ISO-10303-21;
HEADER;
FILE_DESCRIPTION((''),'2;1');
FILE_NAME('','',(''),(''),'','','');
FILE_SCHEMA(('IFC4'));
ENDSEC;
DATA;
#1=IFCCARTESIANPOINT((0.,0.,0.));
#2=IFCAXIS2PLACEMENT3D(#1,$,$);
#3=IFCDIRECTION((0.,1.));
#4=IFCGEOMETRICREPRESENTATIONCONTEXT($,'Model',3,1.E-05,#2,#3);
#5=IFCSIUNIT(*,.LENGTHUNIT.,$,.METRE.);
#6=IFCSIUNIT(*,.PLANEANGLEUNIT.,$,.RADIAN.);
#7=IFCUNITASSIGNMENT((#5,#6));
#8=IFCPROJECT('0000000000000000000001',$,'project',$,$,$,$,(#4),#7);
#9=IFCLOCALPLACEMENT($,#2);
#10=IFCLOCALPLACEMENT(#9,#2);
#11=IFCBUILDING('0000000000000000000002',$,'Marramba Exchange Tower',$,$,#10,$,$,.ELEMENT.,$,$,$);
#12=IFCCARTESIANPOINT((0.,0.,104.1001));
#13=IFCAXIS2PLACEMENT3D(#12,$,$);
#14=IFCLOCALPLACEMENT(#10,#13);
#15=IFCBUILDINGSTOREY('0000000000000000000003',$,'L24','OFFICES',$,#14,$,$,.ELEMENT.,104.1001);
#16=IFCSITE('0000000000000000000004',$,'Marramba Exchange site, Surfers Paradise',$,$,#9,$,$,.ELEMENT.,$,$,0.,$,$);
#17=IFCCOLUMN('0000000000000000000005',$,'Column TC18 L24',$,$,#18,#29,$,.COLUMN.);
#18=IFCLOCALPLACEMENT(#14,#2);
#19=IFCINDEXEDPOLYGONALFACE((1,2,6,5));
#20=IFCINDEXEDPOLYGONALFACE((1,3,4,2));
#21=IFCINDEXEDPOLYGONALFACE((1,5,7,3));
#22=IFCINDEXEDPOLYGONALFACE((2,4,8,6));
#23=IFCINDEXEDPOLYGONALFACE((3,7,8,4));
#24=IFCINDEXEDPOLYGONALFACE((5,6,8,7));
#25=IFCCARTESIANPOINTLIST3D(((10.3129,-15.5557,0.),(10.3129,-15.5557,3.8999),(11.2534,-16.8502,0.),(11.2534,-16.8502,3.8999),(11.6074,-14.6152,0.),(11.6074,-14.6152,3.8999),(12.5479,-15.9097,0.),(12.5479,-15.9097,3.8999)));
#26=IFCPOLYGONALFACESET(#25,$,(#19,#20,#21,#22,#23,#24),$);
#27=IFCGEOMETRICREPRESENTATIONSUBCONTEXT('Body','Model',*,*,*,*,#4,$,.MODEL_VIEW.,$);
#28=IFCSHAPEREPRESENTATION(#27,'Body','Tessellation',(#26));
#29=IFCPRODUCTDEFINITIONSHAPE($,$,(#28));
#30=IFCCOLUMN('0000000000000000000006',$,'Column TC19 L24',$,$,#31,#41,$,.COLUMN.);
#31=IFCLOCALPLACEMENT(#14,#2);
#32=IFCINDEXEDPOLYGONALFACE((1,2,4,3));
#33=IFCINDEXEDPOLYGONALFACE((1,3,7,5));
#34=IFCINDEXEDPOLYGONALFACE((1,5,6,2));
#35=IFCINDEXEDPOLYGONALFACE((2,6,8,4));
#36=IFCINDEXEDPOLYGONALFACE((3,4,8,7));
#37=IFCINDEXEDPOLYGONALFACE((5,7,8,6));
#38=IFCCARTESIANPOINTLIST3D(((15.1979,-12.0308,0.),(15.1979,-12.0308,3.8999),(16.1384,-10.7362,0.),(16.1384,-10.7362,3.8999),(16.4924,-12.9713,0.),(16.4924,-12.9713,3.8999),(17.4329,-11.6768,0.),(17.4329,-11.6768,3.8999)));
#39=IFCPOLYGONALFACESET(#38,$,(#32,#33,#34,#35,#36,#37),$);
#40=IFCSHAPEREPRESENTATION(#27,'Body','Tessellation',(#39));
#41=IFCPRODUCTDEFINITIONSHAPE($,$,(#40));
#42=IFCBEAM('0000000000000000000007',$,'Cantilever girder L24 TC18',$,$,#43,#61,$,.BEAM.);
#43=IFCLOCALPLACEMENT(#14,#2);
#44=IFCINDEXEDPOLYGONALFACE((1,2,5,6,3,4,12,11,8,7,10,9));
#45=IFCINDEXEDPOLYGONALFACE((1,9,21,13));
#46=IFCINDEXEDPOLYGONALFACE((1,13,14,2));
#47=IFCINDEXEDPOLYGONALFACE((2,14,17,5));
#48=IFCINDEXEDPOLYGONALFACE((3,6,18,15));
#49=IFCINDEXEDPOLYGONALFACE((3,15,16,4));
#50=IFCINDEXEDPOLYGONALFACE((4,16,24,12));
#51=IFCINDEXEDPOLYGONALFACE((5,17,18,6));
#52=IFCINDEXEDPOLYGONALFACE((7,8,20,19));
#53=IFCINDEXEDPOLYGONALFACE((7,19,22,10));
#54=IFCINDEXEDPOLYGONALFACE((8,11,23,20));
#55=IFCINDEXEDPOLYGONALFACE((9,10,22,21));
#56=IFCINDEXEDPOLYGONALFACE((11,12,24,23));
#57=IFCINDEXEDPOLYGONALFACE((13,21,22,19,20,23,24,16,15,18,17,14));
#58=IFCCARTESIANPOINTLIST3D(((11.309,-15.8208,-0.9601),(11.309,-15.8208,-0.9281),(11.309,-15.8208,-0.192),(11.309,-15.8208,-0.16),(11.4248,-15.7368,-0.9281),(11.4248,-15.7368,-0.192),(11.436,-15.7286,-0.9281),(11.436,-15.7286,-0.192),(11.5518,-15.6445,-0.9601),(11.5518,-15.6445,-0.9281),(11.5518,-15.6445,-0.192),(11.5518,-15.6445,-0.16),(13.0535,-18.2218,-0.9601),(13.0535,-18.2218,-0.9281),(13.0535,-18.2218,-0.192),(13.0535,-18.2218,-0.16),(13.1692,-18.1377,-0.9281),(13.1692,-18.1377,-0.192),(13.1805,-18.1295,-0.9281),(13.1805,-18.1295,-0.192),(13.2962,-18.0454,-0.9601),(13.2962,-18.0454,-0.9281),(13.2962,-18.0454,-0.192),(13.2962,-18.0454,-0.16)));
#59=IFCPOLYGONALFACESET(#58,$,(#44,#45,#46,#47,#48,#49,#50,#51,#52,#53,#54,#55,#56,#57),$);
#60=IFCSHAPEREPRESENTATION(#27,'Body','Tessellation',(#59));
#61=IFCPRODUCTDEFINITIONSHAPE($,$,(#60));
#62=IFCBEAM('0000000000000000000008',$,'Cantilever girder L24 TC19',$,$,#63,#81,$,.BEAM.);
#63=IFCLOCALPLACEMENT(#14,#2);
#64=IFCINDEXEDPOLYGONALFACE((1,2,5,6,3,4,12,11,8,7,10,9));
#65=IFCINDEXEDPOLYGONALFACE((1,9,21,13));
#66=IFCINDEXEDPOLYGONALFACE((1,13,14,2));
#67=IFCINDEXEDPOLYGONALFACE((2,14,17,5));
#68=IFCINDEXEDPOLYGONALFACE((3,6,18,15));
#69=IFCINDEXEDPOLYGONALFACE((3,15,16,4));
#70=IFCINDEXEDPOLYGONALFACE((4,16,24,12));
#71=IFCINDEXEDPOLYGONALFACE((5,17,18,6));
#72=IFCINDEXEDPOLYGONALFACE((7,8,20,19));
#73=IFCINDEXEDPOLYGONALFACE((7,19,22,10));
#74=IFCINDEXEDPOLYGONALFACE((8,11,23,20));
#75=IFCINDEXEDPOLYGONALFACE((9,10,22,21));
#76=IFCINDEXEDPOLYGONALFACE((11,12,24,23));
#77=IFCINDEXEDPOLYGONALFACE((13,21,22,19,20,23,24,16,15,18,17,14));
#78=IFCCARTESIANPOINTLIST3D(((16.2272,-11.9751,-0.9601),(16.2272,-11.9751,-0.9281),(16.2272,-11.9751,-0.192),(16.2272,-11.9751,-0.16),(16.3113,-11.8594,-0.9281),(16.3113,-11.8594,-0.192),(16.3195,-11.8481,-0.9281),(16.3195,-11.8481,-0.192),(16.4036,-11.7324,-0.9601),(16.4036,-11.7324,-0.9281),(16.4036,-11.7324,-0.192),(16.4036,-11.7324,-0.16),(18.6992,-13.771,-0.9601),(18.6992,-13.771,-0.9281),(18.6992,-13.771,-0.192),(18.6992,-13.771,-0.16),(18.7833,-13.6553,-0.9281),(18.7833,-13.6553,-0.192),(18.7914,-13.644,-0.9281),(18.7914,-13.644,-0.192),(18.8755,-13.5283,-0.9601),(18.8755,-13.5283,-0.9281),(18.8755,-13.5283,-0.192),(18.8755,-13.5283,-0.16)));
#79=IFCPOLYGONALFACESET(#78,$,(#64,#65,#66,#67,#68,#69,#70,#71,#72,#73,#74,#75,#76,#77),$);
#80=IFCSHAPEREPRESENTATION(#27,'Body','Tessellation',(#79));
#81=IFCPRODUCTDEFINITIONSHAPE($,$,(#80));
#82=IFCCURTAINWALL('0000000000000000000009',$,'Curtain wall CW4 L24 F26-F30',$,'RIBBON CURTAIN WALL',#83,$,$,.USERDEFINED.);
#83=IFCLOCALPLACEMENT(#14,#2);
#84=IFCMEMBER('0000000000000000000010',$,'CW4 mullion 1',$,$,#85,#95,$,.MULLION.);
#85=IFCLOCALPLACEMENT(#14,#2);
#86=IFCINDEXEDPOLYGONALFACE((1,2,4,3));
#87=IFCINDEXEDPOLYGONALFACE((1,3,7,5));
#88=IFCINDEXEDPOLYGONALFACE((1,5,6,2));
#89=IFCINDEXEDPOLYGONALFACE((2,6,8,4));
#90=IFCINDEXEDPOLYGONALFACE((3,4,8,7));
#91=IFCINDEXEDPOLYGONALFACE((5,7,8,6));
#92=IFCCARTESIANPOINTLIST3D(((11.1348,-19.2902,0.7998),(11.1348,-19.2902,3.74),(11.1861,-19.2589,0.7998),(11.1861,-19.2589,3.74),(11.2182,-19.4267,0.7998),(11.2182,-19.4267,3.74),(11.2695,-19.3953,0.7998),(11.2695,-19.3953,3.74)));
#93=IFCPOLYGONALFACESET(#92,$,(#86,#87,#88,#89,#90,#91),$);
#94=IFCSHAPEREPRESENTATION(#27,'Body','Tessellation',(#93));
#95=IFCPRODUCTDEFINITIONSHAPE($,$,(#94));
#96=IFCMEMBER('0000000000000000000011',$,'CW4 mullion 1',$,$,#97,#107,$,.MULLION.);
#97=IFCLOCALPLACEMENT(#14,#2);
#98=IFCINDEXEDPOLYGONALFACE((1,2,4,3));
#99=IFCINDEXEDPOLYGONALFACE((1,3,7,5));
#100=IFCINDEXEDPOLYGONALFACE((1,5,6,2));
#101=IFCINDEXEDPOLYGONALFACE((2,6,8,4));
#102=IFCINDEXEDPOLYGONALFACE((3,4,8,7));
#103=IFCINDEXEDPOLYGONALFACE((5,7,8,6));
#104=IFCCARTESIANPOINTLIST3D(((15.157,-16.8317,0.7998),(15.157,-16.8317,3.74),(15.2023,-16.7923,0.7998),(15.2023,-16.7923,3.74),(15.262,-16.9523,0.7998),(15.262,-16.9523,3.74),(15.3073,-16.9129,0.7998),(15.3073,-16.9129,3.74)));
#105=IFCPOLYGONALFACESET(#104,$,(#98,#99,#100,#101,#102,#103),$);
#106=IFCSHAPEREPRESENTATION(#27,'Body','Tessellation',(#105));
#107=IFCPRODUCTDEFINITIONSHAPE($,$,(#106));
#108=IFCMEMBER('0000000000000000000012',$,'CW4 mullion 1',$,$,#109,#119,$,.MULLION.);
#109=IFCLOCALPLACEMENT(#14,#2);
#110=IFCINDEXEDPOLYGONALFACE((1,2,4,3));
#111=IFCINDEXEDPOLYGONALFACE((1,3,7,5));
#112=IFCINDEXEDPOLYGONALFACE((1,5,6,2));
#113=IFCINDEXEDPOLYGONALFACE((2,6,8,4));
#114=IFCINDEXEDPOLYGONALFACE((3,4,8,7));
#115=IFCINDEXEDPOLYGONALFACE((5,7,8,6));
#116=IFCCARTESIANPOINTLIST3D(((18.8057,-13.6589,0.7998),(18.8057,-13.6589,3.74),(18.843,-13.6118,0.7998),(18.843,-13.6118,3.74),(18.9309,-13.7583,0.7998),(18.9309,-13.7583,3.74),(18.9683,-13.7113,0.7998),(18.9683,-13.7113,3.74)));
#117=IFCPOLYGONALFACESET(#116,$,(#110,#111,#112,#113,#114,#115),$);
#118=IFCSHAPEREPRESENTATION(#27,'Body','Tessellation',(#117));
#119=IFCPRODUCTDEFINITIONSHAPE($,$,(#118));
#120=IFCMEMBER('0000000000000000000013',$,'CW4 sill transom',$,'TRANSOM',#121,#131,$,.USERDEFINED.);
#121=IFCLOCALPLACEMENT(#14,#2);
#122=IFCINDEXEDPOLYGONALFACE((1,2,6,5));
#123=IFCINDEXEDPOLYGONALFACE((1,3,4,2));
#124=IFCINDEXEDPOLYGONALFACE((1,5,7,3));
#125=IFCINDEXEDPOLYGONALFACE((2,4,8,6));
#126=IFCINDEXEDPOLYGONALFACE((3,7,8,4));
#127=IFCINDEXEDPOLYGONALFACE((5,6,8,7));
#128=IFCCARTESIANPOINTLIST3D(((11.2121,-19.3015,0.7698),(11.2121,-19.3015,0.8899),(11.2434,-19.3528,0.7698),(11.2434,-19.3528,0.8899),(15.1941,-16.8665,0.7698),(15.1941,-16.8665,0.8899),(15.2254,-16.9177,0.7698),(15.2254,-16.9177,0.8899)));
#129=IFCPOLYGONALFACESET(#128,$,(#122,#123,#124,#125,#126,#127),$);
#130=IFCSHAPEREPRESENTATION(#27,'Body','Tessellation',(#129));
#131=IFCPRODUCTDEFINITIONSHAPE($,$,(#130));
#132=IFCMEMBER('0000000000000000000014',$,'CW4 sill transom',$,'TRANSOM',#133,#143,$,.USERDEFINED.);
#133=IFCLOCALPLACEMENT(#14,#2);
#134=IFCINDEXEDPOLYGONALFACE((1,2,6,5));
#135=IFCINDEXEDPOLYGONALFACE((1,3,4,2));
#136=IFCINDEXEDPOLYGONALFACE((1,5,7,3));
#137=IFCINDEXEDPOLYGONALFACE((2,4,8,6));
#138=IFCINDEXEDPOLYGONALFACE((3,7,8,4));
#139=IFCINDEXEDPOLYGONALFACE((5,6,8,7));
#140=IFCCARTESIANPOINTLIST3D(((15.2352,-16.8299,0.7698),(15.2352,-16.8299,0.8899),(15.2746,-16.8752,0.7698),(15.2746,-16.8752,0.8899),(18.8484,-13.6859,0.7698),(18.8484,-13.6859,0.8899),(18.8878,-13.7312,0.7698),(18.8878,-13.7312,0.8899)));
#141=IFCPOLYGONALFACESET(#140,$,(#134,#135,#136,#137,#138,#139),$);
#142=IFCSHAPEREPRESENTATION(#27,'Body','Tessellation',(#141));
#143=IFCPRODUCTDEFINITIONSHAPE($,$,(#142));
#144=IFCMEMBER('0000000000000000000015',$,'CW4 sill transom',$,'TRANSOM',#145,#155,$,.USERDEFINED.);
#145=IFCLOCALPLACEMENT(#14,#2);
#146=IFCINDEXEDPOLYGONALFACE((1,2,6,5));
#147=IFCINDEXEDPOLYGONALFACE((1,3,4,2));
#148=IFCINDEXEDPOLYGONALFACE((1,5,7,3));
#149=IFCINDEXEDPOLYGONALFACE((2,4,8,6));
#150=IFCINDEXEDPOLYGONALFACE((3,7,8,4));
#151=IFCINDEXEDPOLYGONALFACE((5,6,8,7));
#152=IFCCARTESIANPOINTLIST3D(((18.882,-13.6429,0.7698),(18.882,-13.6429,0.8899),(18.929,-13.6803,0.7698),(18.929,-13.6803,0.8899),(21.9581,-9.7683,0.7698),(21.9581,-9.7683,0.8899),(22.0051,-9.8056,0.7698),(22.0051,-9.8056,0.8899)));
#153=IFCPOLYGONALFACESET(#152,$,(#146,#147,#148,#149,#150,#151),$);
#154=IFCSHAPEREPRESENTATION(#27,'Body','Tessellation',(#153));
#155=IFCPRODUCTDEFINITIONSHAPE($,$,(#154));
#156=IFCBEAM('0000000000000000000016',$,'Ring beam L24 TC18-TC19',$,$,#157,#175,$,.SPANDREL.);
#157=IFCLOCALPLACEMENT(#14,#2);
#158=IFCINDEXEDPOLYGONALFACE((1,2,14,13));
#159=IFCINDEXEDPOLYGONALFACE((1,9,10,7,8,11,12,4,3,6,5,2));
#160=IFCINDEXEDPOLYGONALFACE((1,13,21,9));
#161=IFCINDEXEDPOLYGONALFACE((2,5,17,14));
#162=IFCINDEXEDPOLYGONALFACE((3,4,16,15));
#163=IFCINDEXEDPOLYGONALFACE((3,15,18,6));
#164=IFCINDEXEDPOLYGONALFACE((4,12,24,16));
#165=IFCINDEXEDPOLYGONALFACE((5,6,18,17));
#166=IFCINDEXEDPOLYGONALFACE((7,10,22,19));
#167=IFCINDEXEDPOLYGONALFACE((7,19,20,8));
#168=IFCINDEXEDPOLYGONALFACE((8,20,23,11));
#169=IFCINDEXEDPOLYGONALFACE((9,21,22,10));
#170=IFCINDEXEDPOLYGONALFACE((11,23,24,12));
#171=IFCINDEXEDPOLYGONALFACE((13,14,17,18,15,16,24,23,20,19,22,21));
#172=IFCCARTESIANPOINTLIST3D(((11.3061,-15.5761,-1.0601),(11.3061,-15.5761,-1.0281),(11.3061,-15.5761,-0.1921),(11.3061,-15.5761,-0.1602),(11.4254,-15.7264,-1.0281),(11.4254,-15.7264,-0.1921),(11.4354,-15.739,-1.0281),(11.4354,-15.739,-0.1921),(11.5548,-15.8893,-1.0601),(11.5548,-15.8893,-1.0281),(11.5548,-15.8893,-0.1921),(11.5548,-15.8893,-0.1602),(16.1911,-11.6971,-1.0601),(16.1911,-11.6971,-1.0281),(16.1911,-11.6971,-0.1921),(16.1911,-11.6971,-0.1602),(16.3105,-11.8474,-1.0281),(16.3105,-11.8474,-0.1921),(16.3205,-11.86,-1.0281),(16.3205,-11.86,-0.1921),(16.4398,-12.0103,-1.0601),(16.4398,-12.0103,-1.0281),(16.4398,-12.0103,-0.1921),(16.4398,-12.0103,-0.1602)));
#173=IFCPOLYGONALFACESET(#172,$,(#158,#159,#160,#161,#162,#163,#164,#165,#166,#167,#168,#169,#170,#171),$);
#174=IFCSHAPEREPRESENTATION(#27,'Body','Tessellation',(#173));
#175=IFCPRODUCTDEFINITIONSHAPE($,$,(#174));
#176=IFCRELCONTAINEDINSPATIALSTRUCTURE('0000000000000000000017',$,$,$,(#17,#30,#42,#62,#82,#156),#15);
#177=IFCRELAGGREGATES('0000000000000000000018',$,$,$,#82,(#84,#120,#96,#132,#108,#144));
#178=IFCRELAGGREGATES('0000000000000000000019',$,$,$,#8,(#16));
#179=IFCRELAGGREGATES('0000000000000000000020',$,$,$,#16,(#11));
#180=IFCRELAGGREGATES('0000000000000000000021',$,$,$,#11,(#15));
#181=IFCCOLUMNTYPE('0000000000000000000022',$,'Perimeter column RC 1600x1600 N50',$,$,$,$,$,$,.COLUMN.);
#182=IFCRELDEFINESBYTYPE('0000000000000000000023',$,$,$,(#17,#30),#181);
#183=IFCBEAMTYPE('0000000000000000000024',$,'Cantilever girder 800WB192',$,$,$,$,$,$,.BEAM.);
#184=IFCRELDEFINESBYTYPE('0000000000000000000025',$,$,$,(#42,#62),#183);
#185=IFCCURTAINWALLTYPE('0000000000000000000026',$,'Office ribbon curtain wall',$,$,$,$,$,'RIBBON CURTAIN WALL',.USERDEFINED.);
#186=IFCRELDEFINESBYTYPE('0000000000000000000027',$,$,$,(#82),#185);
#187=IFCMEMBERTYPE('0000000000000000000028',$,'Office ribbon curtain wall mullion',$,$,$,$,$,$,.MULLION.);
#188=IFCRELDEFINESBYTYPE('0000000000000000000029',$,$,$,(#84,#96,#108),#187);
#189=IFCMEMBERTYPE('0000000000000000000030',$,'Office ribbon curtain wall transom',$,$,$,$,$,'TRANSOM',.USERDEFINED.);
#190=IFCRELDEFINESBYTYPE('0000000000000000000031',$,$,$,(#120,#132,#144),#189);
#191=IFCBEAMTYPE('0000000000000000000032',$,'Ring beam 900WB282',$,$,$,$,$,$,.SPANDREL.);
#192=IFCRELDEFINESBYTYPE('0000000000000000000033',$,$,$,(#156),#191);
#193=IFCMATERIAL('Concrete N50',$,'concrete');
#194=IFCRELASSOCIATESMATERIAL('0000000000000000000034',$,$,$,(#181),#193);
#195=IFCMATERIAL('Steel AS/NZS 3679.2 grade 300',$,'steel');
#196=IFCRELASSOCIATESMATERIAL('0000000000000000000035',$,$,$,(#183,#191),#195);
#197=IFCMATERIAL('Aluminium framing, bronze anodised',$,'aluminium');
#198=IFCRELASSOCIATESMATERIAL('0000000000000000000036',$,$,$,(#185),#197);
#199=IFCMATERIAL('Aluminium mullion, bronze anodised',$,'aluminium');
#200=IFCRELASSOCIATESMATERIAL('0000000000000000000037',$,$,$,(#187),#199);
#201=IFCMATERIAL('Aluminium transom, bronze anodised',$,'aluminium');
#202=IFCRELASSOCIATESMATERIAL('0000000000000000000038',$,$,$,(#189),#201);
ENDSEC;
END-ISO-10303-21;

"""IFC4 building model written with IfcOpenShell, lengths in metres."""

from ifc_helpers import new_model, si_unit, direction, frame, origin, origin_2d, place, context, subcontext, project, spatial, rectangle, i_section, extrude, material, material_profile, profile_set, type_object, element, aggregate, save


model = new_model("IFC4")

# Units and contexts
model_context = context("Model", 3, precision=1e-05, world=origin(), true_north=direction((0.0, 1.0)))
body_context = subcontext(model_context, "Body", "Model", "MODEL_VIEW")
ifc_project = project(units=[si_unit("LENGTHUNIT", "METRE"), si_unit("PLANEANGLEUNIT", "RADIAN")], contexts=[model_context])

# Site, building, storey
site_placement = place(None, origin())
site = spatial("IfcSite", under=ifc_project, at=site_placement, Name="Marramba Exchange site, Surfers Paradise", CompositionType="ELEMENT", RefElevation=0.0)
building_placement = place(site_placement, origin())
building = spatial("IfcBuilding", under=site, at=building_placement, Name="Marramba Exchange Tower", CompositionType="ELEMENT")
storey_placement = place(building_placement, frame((0.0, 0.0, 104.1001)))
storey = spatial("IfcBuildingStorey", under=building, at=storey_placement, Name="L24", Description="OFFICES", CompositionType="ELEMENT", Elevation=104.1001)

# Columns
ifc_material_1 = material(Name="Concrete N50", Category="concrete")
ifc_material_profile_1 = material_profile(ifc_material_1, rectangle(XDim=1.6001, YDim=1.6001, at=origin_2d()), Name="RC 1600x1600")
ifc_profile_set_1 = profile_set([ifc_material_profile_1], Name="Concrete N50")
column_type = type_object("IfcColumnType", Name="Perimeter column RC 1600x1600 N50", PredefinedType="COLUMN", material=ifc_profile_set_1)
for number, where, z_axis, x_axis, name in (
    (1, (11.4304, -15.7327, 0.0), (0.0, 0.0, 1.0), (0.587785, -0.809017, 0.0), "Column TC18 L24"),
    (2, (16.3154, -11.8538, 0.0), (0.0, 0.0, 1.0), (0.809017, -0.587785, 0.0), "Column TC19 L24"),
):
    element("IfcColumn", number, at=place(storey_placement, frame(where, z_axis=z_axis, x_axis=x_axis)), inside=storey, type_object=column_type, Name=name, PredefinedType="COLUMN", context=body_context, shape_type="SweptSolid", body=[
        extrude(rectangle(XDim=1.6001, YDim=1.6001, at=origin_2d()), origin(), (0.0, 0.0, 1.0), 3.8999),
    ])

# Beams
ifc_material_2 = material(Name="Steel AS/NZS 3679.2 grade 300", Category="steel")
ifc_material_profile_2 = material_profile(ifc_material_2, i_section(OverallWidth=0.3, OverallDepth=0.8, WebThickness=0.0139, FlangeThickness=0.032, at=origin_2d()), Name="800WB192")
ifc_profile_set_2 = profile_set([ifc_material_profile_2], Name="Steel AS/NZS 3679.2 grade 300")
beam_type_1 = type_object("IfcBeamType", Name="Cantilever girder 800WB192", PredefinedType="BEAM", material=ifc_profile_set_2)
beam_1_placement = place(storey_placement, frame((11.4304, -15.7327, -0.5601), z_axis=(0.587795, -0.80901, 0.0), x_axis=(0.80901, 0.587795, 0.0)))
element("IfcBeam", 3, at=beam_1_placement, inside=storey, type_object=beam_type_1, Name="Cantilever girder L24 TC18", PredefinedType="BEAM", context=body_context, shape_type="SweptSolid", body=[
    extrude(i_section(OverallWidth=0.3, OverallDepth=0.8, WebThickness=0.0139, FlangeThickness=0.032, at=origin_2d()), origin(), (0.0, 0.0, 1.0), 2.9678),
])
beam_2_placement = place(storey_placement, frame((16.3154, -11.8538, -0.5601), z_axis=(0.809026, -0.587773, 0.0), x_axis=(0.587773, 0.809026, 0.0)))
element("IfcBeam", 4, at=beam_2_placement, inside=storey, type_object=beam_type_1, Name="Cantilever girder L24 TC19", PredefinedType="BEAM", context=body_context, shape_type="SweptSolid", body=[
    extrude(i_section(OverallWidth=0.3, OverallDepth=0.8, WebThickness=0.0139, FlangeThickness=0.032, at=origin_2d()), origin(), (0.0, 0.0, 1.0), 3.0554),
])

# Curtain wall, members
ifc_material_3 = material(Name="Aluminium framing, bronze anodised", Category="aluminium")
curtain_wall_type = type_object("IfcCurtainWallType", Name="Office ribbon curtain wall", ElementType="RIBBON CURTAIN WALL", PredefinedType="USERDEFINED", material=ifc_material_3)
curtain_wall_placement = place(storey_placement, origin())
curtain_wall = element("IfcCurtainWall", 5, at=curtain_wall_placement, inside=storey, type_object=curtain_wall_type, Name="Curtain wall CW4 L24 F26-F30", ObjectType="RIBBON CURTAIN WALL", PredefinedType="USERDEFINED")
ifc_material_4 = material(Name="Aluminium mullion, bronze anodised", Category="aluminium")
ifc_material_profile_3 = material_profile(ifc_material_4, rectangle(XDim=0.1599, YDim=0.0601, at=origin_2d()), Name="CW4 mullion 60x160")
ifc_profile_set_3 = profile_set([ifc_material_profile_3], Name="Aluminium mullion, bronze anodised")
member_type_1 = type_object("IfcMemberType", Name="Office ribbon curtain wall mullion", PredefinedType="MULLION", material=ifc_profile_set_3)
member_1_placement = place(storey_placement, frame((11.2021, -19.3428, 0.7998), z_axis=(0.0, 0.0, 1.0), x_axis=(-0.521733, 0.853109, 0.0)))
member_1 = element("IfcMember", 6, at=member_1_placement, type_object=member_type_1, Name="CW4 mullion 1", PredefinedType="MULLION", context=body_context, shape_type="SweptSolid", body=[
    extrude(rectangle(XDim=0.1599, YDim=0.0601, at=origin_2d()), origin(), (0.0, 0.0, 1.0), 2.9402),
])
member_2_placement = place(storey_placement, frame((15.2322, -16.8723, 0.7998), z_axis=(0.0, 0.0, 1.0), x_axis=(-0.656432, 0.754386, 0.0)))
member_2 = element("IfcMember", 7, at=member_2_placement, type_object=member_type_1, Name="CW4 mullion 1", PredefinedType="MULLION", context=body_context, shape_type="SweptSolid", body=[
    extrude(rectangle(XDim=0.1599, YDim=0.0601, at=origin_2d()), origin(), (0.0, 0.0, 1.0), 2.9402),
])
member_3_placement = place(storey_placement, frame((18.887, -13.6851, 0.7998), z_axis=(0.0, 0.0, 1.0), x_axis=(-0.78317, 0.621807, 0.0)))
member_3 = element("IfcMember", 8, at=member_3_placement, type_object=member_type_1, Name="CW4 mullion 1", PredefinedType="MULLION", context=body_context, shape_type="SweptSolid", body=[
    extrude(rectangle(XDim=0.1599, YDim=0.0601, at=origin_2d()), origin(), (0.0, 0.0, 1.0), 2.9402),
])
ifc_material_5 = material(Name="Aluminium transom, bronze anodised", Category="aluminium")
ifc_material_profile_4 = material_profile(ifc_material_5, rectangle(XDim=0.0601, YDim=0.1201, at=origin_2d()), Name="CW4 transom 60x120")
ifc_profile_set_4 = profile_set([ifc_material_profile_4], Name="Aluminium transom, bronze anodised")
member_type_2 = type_object("IfcMemberType", Name="Office ribbon curtain wall transom", ElementType="TRANSOM", PredefinedType="USERDEFINED", material=ifc_profile_set_4)
member_4_placement = place(storey_placement, frame((11.2278, -19.3271, 0.8298), z_axis=(0.853124, 0.521708, 0.0), x_axis=(-0.521708, 0.853124, 0.0)))
member_4 = element("IfcMember", 9, at=member_4_placement, type_object=member_type_2, Name="CW4 sill transom", ObjectType="TRANSOM", PredefinedType="USERDEFINED", context=body_context, shape_type="SweptSolid", body=[
    extrude(rectangle(XDim=0.0601, YDim=0.1201, at=origin_2d()), origin(), (0.0, 0.0, 1.0), 4.6675),
])
member_5_placement = place(storey_placement, frame((15.2549, -16.8525, 0.8298), z_axis=(0.754393, 0.656424, 0.0), x_axis=(-0.656424, 0.754393, 0.0)))
member_5 = element("IfcMember", 10, at=member_5_placement, type_object=member_type_2, Name="CW4 sill transom", ObjectType="TRANSOM", PredefinedType="USERDEFINED", context=body_context, shape_type="SweptSolid", body=[
    extrude(rectangle(XDim=0.0601, YDim=0.1201, at=origin_2d()), origin(), (0.0, 0.0, 1.0), 4.7896),
])
member_6_placement = place(storey_placement, frame((18.9055, -13.6616, 0.8298), z_axis=(0.621778, 0.783194, 0.0), x_axis=(-0.783194, 0.621778, 0.0)))
member_6 = element("IfcMember", 11, at=member_6_placement, type_object=member_type_2, Name="CW4 sill transom", ObjectType="TRANSOM", PredefinedType="USERDEFINED", context=body_context, shape_type="SweptSolid", body=[
    extrude(rectangle(XDim=0.0601, YDim=0.1201, at=origin_2d()), origin(), (0.0, 0.0, 1.0), 4.9473),
])

# Beam
ifc_material_profile_5 = material_profile(ifc_material_2, i_section(OverallWidth=0.3999, OverallDepth=0.8999, WebThickness=0.0161, FlangeThickness=0.032, at=origin_2d()), Name="900WB282")
ifc_profile_set_5 = profile_set([ifc_material_profile_5], Name="Steel AS/NZS 3679.2 grade 300")
beam_type_2 = type_object("IfcBeamType", Name="Ring beam 900WB282", PredefinedType="SPANDREL", material=ifc_profile_set_5)
beam_3_placement = place(storey_placement, frame((11.4304, -15.7327, -0.6101), z_axis=(0.783139, 0.621846, 0.0), x_axis=(-0.621846, 0.783139, 0.0)))
element("IfcBeam", 12, at=beam_3_placement, inside=storey, type_object=beam_type_2, Name="Ring beam L24 TC18-TC19", PredefinedType="SPANDREL", context=body_context, shape_type="SweptSolid", body=[
    extrude(i_section(OverallWidth=0.3999, OverallDepth=0.8999, WebThickness=0.0161, FlangeThickness=0.032, at=origin_2d()), origin(), (0.0, 0.0, 1.0), 6.2378),
])

aggregate(curtain_wall, [member_1, member_4, member_2, member_5, member_3, member_6])

save(model, "model.ifc")
